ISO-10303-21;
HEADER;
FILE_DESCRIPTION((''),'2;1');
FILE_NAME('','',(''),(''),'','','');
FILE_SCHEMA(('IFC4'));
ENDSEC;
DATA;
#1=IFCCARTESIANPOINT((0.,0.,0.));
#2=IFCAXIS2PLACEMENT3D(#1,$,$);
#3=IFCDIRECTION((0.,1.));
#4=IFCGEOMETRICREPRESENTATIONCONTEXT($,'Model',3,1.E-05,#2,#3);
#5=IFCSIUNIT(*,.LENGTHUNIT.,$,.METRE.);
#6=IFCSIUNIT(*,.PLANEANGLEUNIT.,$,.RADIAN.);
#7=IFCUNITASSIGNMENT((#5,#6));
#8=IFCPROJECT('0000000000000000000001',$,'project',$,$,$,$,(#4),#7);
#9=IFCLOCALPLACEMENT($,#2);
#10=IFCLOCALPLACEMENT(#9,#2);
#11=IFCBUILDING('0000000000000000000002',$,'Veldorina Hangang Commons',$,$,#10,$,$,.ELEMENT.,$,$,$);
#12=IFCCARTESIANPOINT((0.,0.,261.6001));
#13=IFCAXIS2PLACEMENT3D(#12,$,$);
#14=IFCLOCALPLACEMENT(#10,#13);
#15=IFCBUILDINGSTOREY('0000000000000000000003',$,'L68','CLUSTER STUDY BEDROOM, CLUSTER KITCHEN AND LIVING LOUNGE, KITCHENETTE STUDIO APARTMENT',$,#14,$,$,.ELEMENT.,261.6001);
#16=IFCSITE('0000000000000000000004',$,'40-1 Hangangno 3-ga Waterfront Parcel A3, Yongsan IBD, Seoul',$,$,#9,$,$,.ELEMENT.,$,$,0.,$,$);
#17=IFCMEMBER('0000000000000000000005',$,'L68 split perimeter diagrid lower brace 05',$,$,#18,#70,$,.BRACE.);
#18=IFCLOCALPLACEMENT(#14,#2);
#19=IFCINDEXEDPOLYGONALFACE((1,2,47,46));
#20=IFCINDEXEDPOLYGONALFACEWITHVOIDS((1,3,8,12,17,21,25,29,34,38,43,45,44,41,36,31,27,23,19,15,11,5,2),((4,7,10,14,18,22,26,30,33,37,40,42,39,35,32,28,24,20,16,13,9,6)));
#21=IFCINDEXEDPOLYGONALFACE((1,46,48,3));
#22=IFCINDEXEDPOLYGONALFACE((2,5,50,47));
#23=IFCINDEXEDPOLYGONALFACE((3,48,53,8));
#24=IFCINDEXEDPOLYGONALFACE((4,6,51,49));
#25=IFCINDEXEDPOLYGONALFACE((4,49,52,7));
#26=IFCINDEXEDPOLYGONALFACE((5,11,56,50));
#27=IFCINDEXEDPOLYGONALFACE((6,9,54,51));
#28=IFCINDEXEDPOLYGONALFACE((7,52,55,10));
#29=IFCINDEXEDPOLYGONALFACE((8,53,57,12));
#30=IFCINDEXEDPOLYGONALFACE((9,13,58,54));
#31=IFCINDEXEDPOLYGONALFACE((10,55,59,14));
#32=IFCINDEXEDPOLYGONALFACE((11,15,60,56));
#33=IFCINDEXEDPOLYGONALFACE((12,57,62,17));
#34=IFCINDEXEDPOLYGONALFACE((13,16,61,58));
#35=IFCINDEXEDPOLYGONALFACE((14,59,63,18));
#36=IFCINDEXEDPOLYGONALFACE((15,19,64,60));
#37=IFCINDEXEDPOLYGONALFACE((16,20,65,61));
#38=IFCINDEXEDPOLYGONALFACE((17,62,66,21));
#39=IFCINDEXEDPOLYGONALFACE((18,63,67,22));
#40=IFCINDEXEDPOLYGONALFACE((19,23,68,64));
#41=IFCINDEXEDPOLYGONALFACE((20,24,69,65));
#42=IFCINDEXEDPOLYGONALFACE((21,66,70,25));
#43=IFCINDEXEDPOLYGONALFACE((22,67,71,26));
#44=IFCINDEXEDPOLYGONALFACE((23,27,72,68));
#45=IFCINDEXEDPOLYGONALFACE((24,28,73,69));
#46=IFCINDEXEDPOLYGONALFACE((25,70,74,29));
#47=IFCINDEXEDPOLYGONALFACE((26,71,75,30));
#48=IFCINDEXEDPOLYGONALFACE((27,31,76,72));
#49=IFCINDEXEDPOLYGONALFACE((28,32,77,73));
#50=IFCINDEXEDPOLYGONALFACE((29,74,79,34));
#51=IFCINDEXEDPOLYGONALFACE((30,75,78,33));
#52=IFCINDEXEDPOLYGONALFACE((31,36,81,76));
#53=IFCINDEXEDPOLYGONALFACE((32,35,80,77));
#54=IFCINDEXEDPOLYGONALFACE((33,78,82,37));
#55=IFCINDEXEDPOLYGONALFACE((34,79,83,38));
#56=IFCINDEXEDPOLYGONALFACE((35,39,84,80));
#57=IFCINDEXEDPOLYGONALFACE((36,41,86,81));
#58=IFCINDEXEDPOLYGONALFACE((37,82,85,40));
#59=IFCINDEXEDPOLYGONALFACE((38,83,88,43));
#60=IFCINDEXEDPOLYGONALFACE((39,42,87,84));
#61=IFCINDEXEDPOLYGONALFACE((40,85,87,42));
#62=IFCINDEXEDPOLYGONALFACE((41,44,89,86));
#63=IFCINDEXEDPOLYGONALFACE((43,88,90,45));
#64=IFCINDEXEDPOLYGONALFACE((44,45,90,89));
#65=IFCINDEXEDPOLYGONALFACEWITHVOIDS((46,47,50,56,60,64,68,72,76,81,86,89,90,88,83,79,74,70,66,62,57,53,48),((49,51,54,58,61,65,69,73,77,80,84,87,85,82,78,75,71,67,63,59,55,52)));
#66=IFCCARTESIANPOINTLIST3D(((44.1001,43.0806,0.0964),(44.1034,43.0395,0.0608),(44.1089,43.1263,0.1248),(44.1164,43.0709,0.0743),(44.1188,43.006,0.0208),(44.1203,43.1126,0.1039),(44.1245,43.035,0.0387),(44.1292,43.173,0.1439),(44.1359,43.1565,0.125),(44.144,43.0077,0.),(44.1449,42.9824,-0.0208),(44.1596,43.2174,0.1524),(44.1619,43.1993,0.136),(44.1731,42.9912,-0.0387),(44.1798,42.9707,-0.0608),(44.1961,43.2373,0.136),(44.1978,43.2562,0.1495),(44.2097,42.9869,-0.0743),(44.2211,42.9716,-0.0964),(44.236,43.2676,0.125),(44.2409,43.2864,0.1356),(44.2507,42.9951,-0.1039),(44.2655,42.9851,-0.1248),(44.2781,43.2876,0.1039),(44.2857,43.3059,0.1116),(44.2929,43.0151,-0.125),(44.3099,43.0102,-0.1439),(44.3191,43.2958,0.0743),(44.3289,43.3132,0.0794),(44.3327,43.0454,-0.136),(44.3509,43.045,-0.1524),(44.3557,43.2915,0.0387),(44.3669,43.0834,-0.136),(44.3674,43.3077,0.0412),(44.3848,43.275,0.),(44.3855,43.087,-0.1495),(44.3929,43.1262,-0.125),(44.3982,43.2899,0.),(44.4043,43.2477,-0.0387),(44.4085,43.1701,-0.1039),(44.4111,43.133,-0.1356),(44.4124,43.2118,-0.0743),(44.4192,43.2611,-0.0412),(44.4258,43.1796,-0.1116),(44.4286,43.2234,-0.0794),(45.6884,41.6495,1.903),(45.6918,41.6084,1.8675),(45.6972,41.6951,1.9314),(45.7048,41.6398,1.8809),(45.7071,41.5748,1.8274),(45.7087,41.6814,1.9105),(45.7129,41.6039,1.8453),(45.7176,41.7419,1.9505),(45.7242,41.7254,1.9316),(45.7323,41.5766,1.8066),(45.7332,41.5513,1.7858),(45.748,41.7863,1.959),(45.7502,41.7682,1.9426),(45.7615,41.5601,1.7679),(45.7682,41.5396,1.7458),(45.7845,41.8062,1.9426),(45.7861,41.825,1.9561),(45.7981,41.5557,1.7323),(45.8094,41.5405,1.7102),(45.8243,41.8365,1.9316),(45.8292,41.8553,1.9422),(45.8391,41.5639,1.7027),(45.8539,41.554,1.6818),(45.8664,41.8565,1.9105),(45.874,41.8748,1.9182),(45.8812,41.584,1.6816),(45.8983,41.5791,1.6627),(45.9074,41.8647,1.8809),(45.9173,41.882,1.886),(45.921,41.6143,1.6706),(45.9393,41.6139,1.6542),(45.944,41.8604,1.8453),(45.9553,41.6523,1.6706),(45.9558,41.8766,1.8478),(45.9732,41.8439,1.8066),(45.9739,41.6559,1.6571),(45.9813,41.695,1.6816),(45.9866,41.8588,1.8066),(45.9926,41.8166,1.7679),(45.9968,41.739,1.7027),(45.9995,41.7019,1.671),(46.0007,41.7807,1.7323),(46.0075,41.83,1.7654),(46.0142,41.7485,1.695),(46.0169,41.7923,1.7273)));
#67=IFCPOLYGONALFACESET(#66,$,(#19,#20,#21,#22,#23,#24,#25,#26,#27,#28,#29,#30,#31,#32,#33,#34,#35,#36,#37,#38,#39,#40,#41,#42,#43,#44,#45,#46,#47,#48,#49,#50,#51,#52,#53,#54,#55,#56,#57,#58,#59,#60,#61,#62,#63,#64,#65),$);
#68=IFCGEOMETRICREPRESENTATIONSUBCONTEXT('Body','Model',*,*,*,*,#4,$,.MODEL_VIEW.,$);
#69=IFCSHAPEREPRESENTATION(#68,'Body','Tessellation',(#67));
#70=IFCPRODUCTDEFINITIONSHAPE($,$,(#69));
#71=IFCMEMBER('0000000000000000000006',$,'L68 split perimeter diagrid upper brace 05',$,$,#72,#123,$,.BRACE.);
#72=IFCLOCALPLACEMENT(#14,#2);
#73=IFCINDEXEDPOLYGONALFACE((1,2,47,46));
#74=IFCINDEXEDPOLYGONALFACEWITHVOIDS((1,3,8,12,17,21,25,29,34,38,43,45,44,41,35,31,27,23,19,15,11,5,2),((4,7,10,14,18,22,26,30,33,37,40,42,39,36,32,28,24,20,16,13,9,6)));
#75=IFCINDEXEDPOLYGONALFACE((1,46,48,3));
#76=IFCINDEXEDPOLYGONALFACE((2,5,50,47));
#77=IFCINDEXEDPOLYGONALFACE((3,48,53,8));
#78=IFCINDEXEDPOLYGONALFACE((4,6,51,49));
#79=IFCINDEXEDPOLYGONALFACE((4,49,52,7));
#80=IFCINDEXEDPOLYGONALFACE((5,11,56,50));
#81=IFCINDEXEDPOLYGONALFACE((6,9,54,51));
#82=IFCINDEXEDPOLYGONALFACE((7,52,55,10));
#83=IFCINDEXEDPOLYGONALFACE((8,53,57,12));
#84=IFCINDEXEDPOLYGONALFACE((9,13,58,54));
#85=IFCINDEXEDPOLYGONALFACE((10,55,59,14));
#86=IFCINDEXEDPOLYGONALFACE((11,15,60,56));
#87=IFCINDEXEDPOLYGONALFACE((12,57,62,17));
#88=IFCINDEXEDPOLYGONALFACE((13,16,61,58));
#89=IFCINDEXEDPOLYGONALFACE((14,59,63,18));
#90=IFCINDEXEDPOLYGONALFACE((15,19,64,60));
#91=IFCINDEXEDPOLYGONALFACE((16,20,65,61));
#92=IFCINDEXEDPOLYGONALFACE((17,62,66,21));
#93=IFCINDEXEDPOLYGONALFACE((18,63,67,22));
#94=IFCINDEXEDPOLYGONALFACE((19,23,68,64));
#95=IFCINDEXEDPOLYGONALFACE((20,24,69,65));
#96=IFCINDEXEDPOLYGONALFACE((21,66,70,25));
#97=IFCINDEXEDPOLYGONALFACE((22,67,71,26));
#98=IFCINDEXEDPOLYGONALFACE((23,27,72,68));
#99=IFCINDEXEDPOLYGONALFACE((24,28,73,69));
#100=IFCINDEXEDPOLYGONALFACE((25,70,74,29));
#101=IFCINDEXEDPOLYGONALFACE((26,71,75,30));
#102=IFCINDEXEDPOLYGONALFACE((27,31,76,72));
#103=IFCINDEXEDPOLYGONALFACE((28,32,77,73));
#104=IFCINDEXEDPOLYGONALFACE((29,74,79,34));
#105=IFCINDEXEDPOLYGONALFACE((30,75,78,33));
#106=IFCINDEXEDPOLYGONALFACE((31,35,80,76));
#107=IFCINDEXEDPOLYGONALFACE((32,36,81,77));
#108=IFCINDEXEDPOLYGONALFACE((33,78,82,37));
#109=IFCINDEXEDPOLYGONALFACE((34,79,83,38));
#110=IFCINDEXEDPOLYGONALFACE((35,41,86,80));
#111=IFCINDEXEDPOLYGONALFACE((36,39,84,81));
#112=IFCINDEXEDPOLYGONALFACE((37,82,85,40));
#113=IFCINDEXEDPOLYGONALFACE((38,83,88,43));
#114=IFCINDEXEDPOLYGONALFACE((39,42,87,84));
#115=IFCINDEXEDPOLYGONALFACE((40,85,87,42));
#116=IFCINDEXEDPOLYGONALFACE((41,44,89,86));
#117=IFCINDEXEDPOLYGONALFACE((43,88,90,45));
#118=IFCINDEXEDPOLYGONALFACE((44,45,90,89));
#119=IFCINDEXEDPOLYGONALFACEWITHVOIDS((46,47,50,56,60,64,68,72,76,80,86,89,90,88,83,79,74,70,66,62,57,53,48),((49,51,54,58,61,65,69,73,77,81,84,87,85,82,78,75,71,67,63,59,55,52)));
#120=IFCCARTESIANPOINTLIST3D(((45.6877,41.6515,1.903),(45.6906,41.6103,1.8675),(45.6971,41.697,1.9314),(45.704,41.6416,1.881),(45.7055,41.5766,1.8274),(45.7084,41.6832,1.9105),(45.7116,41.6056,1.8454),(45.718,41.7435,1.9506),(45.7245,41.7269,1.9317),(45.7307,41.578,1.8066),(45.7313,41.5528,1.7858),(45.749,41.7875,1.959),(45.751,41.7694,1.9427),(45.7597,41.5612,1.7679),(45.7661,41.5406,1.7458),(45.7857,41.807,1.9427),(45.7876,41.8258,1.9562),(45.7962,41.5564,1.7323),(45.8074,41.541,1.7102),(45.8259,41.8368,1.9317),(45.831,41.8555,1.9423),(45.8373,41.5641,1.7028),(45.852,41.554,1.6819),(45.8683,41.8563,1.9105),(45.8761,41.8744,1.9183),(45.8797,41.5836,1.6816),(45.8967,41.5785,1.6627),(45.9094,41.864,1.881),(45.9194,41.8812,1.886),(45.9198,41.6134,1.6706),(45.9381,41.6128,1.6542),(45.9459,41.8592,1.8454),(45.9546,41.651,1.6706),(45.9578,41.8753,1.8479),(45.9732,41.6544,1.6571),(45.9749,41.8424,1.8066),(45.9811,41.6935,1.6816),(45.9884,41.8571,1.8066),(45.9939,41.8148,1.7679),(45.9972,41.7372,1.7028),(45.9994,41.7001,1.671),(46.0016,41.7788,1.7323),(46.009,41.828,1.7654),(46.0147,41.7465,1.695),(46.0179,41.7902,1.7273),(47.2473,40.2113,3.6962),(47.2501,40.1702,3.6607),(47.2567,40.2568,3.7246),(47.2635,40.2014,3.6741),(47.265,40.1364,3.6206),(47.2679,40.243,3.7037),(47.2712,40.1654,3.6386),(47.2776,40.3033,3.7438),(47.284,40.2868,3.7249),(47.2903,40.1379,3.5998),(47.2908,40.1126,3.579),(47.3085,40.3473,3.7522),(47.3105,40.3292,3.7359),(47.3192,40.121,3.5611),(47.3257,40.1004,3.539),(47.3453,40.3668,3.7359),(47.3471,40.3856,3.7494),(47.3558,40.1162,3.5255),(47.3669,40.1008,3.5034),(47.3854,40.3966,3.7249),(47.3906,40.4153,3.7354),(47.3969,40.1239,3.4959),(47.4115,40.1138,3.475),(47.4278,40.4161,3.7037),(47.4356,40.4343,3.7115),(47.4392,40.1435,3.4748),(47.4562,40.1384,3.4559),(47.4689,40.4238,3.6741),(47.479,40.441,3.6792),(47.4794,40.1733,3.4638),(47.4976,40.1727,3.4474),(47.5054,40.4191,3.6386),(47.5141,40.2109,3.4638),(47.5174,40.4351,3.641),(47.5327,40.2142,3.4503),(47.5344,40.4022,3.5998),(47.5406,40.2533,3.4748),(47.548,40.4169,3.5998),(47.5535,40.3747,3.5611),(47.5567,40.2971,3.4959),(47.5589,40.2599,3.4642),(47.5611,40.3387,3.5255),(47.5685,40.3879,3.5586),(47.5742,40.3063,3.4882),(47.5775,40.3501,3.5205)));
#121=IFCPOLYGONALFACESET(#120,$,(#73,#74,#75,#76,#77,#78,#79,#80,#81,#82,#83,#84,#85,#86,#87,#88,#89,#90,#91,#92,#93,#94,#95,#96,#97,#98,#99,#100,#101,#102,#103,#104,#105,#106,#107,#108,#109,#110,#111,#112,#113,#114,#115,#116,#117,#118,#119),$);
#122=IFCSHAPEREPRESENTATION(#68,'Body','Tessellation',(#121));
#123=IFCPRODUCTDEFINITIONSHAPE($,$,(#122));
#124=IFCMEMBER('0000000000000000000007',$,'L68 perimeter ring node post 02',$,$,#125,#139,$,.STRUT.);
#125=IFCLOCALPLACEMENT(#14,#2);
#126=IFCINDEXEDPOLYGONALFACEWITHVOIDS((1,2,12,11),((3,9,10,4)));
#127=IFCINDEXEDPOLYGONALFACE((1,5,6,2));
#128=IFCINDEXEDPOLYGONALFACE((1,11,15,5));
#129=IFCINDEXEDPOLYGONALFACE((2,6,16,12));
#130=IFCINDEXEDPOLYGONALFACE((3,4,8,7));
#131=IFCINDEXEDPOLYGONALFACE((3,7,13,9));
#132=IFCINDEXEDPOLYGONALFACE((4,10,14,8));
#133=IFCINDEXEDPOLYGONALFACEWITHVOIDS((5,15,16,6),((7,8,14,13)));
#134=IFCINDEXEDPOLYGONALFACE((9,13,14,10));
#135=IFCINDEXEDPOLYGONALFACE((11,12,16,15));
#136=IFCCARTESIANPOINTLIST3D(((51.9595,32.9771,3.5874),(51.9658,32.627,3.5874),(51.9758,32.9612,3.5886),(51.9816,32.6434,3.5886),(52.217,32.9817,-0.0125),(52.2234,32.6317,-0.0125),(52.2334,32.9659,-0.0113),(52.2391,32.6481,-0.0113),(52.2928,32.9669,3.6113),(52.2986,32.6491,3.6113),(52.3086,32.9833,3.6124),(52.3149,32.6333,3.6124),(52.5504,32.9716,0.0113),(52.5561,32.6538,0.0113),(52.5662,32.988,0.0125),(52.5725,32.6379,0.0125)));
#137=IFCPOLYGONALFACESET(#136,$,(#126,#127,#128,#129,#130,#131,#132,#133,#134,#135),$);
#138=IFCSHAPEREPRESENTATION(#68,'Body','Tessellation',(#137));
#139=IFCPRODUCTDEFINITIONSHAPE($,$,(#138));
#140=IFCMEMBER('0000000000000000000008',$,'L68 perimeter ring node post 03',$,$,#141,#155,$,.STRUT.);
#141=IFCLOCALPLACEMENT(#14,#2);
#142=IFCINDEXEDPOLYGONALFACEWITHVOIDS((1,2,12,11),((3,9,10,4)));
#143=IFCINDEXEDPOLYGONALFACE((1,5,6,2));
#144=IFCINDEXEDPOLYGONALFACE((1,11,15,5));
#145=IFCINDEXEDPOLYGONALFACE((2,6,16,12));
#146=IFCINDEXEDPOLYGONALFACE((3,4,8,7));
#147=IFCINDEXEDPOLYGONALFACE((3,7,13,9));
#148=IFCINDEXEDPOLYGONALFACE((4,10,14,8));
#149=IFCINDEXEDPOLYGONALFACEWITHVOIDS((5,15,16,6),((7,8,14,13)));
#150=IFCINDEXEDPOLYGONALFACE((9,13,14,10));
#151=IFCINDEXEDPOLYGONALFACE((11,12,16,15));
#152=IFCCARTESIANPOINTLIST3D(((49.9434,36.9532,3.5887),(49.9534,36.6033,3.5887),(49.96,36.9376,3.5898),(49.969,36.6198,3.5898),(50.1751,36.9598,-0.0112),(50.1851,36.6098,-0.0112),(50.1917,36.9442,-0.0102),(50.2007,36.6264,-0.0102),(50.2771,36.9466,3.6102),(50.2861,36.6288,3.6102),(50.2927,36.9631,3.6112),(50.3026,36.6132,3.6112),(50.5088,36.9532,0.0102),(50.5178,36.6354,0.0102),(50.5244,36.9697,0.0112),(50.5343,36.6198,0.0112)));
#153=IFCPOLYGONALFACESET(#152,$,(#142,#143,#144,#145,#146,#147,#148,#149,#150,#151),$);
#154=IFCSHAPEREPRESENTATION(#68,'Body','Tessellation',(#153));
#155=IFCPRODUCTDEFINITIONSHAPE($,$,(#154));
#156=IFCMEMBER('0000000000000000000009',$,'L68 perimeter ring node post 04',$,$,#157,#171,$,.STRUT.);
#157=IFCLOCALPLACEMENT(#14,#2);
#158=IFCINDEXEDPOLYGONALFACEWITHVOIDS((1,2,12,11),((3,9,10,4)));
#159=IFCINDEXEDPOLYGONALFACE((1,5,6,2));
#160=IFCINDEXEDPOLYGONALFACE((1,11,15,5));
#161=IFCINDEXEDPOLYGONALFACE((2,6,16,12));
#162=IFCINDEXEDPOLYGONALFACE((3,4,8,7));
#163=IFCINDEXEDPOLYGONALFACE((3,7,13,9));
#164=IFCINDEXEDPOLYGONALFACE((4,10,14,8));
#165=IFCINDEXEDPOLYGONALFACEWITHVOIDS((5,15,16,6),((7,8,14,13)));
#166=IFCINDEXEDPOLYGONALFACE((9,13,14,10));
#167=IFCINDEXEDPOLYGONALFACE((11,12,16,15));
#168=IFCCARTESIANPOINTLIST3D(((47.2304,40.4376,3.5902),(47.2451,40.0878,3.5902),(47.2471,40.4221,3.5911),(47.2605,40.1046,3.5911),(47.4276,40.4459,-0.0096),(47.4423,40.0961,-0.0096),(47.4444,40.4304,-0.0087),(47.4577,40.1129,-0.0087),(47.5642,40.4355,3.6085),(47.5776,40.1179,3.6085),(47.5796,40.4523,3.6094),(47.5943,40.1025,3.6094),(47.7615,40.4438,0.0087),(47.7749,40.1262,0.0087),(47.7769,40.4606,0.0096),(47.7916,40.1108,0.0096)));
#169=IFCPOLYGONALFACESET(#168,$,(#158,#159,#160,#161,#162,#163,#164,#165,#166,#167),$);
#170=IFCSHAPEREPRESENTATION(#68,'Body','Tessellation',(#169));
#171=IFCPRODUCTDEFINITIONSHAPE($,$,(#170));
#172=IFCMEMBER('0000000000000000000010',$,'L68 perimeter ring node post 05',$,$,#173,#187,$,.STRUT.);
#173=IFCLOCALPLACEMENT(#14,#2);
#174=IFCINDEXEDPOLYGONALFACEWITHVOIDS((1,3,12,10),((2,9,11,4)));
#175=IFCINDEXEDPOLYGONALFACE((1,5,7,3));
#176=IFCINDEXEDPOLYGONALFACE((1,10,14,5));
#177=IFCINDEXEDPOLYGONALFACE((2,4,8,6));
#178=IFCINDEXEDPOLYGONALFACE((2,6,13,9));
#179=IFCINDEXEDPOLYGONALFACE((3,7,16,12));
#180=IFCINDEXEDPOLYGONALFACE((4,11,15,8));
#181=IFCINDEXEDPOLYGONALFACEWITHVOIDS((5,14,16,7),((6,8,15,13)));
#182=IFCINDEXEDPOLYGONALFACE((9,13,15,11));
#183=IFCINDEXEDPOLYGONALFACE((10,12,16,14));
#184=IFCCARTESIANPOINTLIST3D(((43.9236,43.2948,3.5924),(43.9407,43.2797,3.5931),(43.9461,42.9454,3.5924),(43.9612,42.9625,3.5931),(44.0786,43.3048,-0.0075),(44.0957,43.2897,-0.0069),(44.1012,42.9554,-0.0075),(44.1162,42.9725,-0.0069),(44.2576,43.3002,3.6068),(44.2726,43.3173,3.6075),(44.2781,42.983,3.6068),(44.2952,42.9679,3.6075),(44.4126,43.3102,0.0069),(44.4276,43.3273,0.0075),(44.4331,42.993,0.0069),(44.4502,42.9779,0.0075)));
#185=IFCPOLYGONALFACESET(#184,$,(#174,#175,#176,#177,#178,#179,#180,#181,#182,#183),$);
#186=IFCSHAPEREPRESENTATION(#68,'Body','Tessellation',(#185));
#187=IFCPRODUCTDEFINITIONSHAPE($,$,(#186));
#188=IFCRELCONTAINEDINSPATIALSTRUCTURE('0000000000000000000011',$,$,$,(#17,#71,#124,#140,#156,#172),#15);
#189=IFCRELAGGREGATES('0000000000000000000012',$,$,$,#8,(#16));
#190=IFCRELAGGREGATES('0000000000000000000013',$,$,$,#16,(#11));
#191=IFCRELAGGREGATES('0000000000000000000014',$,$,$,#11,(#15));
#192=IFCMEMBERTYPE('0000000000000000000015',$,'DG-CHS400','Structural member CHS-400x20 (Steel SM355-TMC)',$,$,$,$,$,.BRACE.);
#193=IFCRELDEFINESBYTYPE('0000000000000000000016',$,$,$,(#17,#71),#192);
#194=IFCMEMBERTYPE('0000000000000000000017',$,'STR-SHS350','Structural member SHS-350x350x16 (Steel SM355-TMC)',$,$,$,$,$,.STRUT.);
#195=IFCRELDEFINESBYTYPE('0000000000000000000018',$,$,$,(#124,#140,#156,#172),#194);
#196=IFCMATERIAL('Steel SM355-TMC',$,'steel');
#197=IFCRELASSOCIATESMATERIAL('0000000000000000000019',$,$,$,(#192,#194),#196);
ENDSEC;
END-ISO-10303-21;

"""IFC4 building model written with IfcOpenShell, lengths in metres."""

from ifc_helpers import new_model, si_unit, direction, frame, origin, origin_2d, place, context, subcontext, project, spatial, hollow_rectangle, hollow_circle, extrude, material, material_profile, profile_set, type_object, element, save


model = new_model("IFC4")

# Units and contexts
model_context = context("Model", 3, precision=1e-05, world=origin(), true_north=direction((0.0, 1.0)))
body_context = subcontext(model_context, "Body", "Model", "MODEL_VIEW")
ifc_project = project(units=[si_unit("LENGTHUNIT", "METRE"), si_unit("PLANEANGLEUNIT", "RADIAN")], contexts=[model_context])

# Site, building, storey
site_placement = place(None, origin())
site = spatial("IfcSite", under=ifc_project, at=site_placement, Name="40-1 Hangangno 3-ga Waterfront Parcel A3, Yongsan IBD, Seoul", CompositionType="ELEMENT", RefElevation=0.0)
building_placement = place(site_placement, origin())
building = spatial("IfcBuilding", under=site, at=building_placement, Name="Veldorina Hangang Commons", CompositionType="ELEMENT")
storey_placement = place(building_placement, frame((0.0, 0.0, 261.6001)))
storey = spatial("IfcBuildingStorey", under=building, at=storey_placement, Name="L68", Description="CLUSTER STUDY BEDROOM, CLUSTER KITCHEN AND LIVING LOUNGE, KITCHENETTE STUDIO APARTMENT", CompositionType="ELEMENT", Elevation=261.6001)

# Shared definitions
ifc_material_1 = material(Name="Steel SM355-TMC", Category="steel")

# Members
ifc_material_profile_1 = material_profile(ifc_material_1, hollow_circle(Radius=0.2, WallThickness=0.02, at=origin_2d()), Name="CHS-400x20")
ifc_profile_set_1 = profile_set([ifc_material_profile_1], Name="Steel SM355-TMC")
member_type_1 = type_object("IfcMemberType", Name="DG-CHS400", Description="Structural member CHS-400x20 (Steel SM355-TMC)", PredefinedType="BRACE", material=ifc_profile_set_1)
member_1_placement = place(storey_placement, frame((44.2644, 43.1414, 0.0), z_axis=(0.567456, -0.511286, 0.645431), x_axis=(0.669381, 0.742919, 0.0)))
element("IfcMember", 1, at=member_1_placement, inside=storey, type_object=member_type_1, Name="L68 split perimeter diagrid lower brace 05", PredefinedType="BRACE", context=body_context, shape_type="SweptSolid", body=[
    extrude(hollow_circle(Radius=0.2, WallThickness=0.02, at=origin_2d()), origin(), (0.0, 0.0, 1.0), 2.7991),
])
member_2_placement = place(storey_placement, frame((45.8528, 41.7102, 1.8066), z_axis=(0.561229, -0.518267, 0.645308), x_axis=(0.678428, 0.734667, 0.0)))
element("IfcMember", 2, at=member_2_placement, inside=storey, type_object=member_type_1, Name="L68 split perimeter diagrid upper brace 05", PredefinedType="BRACE", context=body_context, shape_type="SweptSolid", body=[
    extrude(hollow_circle(Radius=0.2, WallThickness=0.02, at=origin_2d()), origin(), (0.0, 0.0, 1.0), 2.7788),
])
ifc_material_profile_2 = material_profile(ifc_material_1, hollow_rectangle(XDim=0.3501, YDim=0.3501, WallThickness=0.0161, at=origin_2d()), Name="SHS-350x350x16")
ifc_profile_set_2 = profile_set([ifc_material_profile_2], Name="Steel SM355-TMC")
member_type_2 = type_object("IfcMemberType", Name="STR-SHS350", Description="Structural member SHS-350x350x16 (Steel SM355-TMC)", PredefinedType="STRUT", material=ifc_profile_set_2)
member_3_placement = place(storey_placement, frame((52.3948, 32.8098, 0.0), z_axis=(-0.071367, -0.001285, 0.997449), x_axis=(0.018007, -0.999838, 0.0)))
element("IfcMember", 3, at=member_3_placement, inside=storey, type_object=member_type_2, Name="L68 perimeter ring node post 02", PredefinedType="STRUT", context=body_context, shape_type="SweptSolid", body=[
    extrude(hollow_rectangle(XDim=0.3501, YDim=0.3501, WallThickness=0.0161, at=origin_2d()), origin(), (0.0, 0.0, 1.0), 3.6091),
])
member_4_placement = place(storey_placement, frame((50.3547, 36.7898, 0.0), z_axis=(-0.064228, -0.001827, 0.997934), x_axis=(0.028439, -0.999596, 0.0)))
element("IfcMember", 4, at=member_4_placement, inside=storey, type_object=member_type_2, Name="L68 perimeter ring node post 03", PredefinedType="STRUT", context=body_context, shape_type="SweptSolid", body=[
    extrude(hollow_rectangle(XDim=0.3501, YDim=0.3501, WallThickness=0.0161, at=origin_2d()), origin(), (0.0, 0.0, 1.0), 3.6074),
])
member_5_placement = place(storey_placement, frame((47.6096, 40.2783, 0.0), z_axis=(-0.054716, -0.002302, 0.998499), x_axis=(0.042042, -0.999116, 0.0)))
element("IfcMember", 5, at=member_5_placement, inside=storey, type_object=member_type_2, Name="L68 perimeter ring node post 04", PredefinedType="STRUT", context=body_context, shape_type="SweptSolid", body=[
    extrude(hollow_rectangle(XDim=0.3501, YDim=0.3501, WallThickness=0.0161, at=origin_2d()), origin(), (0.0, 0.0, 1.0), 3.6052),
])
member_6_placement = place(storey_placement, frame((44.2644, 43.1414, 0.0), z_axis=(-0.043025, -0.002778, 0.99907), x_axis=(0.064433, -0.997922, 0.0)))
element("IfcMember", 6, at=member_6_placement, inside=storey, type_object=member_type_2, Name="L68 perimeter ring node post 05", PredefinedType="STRUT", context=body_context, shape_type="SweptSolid", body=[
    extrude(hollow_rectangle(XDim=0.3501, YDim=0.3501, WallThickness=0.0161, at=origin_2d()), origin(), (0.0, 0.0, 1.0), 3.6033),
])

save(model, "model.ifc")
